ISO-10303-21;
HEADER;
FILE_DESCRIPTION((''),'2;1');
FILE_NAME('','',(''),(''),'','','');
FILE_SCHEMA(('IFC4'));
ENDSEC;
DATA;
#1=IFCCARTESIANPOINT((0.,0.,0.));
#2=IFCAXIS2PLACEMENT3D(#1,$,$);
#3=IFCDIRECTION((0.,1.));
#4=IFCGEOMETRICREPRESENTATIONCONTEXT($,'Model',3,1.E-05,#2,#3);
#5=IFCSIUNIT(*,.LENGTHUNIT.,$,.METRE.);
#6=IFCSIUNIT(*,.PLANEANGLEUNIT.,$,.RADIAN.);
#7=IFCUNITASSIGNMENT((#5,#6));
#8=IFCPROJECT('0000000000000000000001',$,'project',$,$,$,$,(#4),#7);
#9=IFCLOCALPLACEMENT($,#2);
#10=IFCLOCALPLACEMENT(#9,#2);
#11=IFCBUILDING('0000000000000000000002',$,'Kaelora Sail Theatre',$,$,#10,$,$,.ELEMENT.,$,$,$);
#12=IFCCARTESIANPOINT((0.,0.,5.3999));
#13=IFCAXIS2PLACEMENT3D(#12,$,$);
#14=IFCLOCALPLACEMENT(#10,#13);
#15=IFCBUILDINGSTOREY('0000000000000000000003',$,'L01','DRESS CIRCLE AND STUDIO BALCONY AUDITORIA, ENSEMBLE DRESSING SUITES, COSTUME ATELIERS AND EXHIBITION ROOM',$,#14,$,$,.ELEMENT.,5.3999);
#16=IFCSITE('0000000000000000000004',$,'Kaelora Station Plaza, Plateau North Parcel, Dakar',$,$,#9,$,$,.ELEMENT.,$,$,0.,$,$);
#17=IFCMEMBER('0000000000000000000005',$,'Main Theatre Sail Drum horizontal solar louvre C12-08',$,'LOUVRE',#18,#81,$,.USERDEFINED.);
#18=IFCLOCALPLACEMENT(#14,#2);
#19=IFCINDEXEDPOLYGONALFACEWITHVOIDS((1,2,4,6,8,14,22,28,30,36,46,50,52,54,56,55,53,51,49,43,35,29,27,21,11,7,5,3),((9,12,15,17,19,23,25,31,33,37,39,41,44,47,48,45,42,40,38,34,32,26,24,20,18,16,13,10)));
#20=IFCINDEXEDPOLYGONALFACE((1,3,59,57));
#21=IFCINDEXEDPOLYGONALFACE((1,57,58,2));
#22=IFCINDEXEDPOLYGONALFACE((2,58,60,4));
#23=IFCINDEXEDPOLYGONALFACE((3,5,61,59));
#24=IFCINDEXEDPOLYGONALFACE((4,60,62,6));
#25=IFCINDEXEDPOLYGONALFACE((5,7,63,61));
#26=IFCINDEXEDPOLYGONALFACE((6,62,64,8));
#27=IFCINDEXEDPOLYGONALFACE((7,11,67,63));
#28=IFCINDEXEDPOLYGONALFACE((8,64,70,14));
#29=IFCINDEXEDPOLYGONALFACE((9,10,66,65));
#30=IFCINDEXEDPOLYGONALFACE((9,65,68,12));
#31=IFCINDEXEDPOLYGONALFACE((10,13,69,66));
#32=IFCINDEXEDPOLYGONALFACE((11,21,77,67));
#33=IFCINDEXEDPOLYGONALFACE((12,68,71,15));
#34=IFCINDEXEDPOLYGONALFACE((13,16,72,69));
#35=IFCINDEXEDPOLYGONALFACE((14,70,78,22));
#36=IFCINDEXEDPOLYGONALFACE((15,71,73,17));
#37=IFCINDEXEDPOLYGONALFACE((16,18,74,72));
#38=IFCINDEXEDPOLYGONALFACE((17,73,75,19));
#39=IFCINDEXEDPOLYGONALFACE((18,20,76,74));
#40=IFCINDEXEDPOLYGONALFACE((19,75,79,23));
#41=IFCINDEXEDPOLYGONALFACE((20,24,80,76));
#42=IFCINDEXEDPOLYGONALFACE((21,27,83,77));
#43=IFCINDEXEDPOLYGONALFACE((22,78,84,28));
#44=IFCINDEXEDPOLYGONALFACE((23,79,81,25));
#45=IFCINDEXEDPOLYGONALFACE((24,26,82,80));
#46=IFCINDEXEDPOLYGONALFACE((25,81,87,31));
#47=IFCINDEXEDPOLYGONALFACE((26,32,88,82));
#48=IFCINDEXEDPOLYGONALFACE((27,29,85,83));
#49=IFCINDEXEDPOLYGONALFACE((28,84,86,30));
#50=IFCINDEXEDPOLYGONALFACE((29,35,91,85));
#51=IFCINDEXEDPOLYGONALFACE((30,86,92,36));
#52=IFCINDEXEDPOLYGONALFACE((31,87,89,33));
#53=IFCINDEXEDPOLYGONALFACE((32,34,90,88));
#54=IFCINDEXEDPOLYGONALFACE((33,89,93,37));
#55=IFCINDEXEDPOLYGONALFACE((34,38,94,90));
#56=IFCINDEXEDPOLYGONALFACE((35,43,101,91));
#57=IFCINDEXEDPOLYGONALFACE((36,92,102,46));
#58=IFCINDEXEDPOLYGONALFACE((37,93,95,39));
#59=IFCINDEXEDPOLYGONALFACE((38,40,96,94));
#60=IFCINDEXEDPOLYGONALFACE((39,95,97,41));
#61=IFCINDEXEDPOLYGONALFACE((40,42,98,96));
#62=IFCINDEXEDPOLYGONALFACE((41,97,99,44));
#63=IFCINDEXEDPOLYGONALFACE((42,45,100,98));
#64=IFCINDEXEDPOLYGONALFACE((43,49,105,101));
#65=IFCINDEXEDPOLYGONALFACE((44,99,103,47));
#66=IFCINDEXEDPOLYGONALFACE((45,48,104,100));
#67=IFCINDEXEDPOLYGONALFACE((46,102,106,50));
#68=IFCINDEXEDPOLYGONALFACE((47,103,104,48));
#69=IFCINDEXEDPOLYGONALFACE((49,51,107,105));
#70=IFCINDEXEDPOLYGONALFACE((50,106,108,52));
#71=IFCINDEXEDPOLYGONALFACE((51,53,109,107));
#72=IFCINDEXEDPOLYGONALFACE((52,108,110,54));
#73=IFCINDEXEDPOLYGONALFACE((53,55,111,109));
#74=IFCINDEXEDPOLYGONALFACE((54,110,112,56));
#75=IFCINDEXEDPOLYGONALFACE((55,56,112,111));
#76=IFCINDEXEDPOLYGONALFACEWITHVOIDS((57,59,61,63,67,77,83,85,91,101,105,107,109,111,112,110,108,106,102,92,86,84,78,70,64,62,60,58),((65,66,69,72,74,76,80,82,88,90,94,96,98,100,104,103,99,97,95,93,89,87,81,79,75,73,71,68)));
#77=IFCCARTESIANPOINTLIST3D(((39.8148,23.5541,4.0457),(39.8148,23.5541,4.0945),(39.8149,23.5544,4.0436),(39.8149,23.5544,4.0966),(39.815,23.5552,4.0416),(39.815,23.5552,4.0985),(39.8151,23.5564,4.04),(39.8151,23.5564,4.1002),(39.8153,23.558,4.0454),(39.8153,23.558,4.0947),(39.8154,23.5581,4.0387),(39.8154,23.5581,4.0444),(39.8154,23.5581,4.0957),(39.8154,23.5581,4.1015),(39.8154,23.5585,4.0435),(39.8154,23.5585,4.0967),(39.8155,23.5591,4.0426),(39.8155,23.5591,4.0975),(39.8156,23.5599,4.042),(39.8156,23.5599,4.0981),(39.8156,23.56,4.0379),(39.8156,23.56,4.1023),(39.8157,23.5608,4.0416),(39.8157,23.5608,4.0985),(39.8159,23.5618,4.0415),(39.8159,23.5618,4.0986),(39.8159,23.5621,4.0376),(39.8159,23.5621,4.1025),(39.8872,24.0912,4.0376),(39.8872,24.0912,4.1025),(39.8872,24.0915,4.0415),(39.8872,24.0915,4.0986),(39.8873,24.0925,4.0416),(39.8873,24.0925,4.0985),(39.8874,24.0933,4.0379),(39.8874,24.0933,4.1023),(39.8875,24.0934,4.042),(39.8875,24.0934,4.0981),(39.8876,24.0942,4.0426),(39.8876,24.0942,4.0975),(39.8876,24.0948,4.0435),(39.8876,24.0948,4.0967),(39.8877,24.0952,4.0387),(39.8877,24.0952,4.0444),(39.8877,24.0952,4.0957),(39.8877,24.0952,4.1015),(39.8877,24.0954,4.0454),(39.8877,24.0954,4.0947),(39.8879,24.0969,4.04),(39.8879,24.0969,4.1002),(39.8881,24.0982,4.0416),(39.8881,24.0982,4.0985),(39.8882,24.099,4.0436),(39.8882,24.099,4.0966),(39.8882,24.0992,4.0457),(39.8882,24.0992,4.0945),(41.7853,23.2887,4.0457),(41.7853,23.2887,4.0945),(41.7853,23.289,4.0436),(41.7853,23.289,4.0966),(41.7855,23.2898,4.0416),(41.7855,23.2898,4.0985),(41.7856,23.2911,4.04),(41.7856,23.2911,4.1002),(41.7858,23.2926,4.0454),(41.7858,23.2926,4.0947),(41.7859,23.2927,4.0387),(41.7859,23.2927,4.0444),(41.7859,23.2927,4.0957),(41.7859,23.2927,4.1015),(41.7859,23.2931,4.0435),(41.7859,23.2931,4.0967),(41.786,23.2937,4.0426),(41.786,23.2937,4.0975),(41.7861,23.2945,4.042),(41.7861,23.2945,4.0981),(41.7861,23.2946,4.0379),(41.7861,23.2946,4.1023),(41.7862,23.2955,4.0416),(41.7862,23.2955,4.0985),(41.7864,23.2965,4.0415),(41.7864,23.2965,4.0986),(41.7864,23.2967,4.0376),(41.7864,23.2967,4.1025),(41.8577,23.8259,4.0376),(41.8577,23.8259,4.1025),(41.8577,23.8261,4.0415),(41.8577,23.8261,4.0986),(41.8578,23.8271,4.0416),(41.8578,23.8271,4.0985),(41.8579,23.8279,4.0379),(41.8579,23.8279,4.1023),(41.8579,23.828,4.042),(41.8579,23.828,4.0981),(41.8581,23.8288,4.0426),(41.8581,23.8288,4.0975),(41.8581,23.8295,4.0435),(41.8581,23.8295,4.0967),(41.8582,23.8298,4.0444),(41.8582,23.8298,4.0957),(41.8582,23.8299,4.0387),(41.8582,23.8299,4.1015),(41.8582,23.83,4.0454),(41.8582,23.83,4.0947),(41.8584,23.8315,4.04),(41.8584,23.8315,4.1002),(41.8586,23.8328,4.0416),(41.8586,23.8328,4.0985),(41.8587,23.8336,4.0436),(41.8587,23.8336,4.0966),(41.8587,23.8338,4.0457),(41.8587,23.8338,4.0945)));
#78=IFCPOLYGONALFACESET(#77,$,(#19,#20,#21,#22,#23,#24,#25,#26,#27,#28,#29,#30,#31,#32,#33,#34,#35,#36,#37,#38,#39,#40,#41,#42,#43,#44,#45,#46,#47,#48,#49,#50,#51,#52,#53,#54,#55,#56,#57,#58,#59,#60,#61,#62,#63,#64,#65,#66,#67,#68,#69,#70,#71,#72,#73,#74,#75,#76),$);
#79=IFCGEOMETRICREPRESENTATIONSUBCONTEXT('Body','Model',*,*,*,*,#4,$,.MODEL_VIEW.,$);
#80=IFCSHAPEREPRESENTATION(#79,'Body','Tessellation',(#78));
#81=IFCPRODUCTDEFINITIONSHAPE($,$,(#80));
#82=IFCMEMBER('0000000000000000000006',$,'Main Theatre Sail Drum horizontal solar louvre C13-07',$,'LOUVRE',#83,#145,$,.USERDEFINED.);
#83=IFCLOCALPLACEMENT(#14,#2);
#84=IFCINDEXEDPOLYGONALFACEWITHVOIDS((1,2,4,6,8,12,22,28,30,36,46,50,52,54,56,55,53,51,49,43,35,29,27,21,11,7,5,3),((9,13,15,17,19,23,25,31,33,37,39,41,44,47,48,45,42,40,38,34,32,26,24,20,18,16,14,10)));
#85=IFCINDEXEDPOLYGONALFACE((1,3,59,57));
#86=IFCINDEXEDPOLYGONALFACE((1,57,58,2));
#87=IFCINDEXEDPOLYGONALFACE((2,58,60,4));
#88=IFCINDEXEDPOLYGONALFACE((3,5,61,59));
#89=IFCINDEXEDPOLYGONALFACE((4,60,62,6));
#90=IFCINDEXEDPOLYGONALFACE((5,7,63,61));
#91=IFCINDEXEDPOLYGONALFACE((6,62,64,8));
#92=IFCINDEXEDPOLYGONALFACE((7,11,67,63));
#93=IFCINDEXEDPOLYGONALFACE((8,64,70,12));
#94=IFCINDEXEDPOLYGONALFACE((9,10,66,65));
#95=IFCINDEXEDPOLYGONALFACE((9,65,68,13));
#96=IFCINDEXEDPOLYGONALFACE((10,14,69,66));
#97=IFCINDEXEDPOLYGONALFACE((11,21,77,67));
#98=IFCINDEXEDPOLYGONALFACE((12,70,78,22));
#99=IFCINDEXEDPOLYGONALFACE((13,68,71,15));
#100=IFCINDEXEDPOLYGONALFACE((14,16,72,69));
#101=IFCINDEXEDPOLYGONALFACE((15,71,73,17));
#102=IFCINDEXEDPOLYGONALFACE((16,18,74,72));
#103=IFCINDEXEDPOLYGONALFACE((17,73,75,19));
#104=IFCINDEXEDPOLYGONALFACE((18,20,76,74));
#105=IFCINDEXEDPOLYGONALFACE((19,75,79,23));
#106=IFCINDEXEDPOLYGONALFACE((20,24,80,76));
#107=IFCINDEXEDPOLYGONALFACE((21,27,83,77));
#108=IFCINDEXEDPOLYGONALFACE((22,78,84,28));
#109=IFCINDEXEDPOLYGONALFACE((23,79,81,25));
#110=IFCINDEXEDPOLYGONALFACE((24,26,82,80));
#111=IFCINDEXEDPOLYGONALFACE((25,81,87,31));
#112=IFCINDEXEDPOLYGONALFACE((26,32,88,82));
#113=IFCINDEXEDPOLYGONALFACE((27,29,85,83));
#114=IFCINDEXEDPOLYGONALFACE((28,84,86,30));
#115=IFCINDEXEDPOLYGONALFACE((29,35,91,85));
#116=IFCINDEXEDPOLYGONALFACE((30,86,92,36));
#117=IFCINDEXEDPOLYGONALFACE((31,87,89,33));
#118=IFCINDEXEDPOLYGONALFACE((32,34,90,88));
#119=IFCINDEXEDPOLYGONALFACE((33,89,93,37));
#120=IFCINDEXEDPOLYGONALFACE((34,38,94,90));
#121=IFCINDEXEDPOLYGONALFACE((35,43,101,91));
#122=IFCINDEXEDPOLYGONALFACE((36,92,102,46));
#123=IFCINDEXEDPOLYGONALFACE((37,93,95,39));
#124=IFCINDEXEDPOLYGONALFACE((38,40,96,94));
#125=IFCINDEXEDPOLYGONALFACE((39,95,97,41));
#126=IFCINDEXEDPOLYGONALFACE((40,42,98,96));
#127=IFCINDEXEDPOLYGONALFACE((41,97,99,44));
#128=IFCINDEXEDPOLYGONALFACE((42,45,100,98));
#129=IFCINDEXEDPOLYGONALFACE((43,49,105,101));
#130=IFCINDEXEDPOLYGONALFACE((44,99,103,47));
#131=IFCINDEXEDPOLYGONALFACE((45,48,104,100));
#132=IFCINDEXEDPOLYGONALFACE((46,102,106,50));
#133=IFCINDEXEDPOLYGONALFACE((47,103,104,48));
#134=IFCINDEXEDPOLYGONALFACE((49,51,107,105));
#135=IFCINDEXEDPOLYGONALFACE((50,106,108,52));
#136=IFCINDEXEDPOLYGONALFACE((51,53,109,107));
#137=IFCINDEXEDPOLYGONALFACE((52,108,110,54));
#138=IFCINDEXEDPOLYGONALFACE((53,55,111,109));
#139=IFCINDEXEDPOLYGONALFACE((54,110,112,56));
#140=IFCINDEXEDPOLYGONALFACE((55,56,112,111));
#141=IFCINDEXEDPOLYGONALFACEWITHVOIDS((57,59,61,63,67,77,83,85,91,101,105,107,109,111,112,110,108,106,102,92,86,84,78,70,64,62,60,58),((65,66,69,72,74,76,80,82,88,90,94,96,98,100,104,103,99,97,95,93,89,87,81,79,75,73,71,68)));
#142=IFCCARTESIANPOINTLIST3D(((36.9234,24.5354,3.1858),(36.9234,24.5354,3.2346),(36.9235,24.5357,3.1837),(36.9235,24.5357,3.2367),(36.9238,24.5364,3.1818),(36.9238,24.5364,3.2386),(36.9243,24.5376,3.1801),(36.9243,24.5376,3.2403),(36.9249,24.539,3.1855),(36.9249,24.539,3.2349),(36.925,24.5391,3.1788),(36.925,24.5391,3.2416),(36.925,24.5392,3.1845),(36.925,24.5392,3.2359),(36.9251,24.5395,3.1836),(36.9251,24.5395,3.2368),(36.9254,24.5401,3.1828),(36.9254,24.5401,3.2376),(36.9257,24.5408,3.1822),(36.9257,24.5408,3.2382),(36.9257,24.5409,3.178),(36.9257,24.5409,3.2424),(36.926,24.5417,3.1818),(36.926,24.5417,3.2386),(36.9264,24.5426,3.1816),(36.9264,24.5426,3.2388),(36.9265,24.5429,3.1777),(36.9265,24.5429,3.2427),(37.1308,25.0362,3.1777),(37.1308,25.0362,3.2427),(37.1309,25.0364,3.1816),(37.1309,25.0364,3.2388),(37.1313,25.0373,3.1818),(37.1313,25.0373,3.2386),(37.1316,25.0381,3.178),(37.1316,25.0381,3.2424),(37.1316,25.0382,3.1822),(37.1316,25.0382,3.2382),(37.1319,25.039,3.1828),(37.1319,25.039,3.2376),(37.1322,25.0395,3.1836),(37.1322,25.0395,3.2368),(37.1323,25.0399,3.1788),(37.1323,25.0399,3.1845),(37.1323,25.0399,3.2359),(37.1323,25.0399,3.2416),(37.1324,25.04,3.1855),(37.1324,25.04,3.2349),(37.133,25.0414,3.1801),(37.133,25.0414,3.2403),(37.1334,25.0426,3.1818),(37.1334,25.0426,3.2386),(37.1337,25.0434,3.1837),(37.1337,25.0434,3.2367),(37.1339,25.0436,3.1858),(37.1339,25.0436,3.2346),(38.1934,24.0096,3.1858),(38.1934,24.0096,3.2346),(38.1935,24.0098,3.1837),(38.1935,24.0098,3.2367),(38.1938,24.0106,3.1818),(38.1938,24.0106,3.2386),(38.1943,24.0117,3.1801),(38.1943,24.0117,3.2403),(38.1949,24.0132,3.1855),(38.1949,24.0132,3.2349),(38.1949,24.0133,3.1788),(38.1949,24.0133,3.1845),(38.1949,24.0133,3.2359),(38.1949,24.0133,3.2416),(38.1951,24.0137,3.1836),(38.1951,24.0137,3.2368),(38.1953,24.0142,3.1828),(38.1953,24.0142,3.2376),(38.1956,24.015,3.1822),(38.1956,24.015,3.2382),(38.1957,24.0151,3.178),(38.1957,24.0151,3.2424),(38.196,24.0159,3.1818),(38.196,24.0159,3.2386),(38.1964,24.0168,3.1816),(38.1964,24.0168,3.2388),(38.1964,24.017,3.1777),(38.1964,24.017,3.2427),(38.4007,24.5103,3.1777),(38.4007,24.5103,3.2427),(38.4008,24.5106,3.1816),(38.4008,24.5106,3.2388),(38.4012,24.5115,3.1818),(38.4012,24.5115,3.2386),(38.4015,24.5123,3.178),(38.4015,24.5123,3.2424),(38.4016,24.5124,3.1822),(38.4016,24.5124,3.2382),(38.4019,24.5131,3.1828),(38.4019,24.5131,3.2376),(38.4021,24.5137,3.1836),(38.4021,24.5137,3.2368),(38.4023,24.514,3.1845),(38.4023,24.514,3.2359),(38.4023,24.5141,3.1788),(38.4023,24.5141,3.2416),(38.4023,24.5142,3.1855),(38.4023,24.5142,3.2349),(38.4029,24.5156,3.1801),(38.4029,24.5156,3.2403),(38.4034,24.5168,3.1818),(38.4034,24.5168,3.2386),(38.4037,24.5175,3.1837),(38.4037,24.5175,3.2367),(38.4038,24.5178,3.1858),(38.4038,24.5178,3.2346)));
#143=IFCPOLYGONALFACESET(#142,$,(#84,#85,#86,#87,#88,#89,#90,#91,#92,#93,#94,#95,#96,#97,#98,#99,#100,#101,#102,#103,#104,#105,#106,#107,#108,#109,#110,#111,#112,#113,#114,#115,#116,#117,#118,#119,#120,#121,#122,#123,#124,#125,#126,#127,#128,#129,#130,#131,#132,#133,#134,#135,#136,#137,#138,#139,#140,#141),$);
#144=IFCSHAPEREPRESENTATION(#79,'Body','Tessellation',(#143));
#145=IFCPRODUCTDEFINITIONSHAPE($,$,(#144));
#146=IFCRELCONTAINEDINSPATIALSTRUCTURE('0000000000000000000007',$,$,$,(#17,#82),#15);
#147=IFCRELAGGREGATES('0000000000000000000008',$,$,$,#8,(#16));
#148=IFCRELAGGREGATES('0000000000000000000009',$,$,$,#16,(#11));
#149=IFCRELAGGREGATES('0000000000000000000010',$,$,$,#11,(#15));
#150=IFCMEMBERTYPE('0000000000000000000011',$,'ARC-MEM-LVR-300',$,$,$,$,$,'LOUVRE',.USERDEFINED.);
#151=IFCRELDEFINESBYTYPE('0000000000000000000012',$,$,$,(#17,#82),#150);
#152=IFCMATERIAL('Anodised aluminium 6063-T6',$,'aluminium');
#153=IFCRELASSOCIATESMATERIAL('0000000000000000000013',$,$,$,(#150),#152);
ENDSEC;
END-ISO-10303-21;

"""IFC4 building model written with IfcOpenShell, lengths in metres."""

from ifc_helpers import new_model, si_unit, direction, frame, origin, origin_2d, place, context, subcontext, project, spatial, hollow_rectangle, extrude, material, material_profile, profile_set, type_object, element, save


model = new_model("IFC4")

# Units and contexts
model_context = context("Model", 3, precision=1e-05, world=origin(), true_north=direction((0.0, 1.0)))
body_context = subcontext(model_context, "Body", "Model", "MODEL_VIEW")
ifc_project = project(units=[si_unit("LENGTHUNIT", "METRE"), si_unit("PLANEANGLEUNIT", "RADIAN")], contexts=[model_context])

# Site, building, storey
site_placement = place(None, origin())
site = spatial("IfcSite", under=ifc_project, at=site_placement, Name="Kaelora Station Plaza, Plateau North Parcel, Dakar", CompositionType="ELEMENT", RefElevation=0.0)
building_placement = place(site_placement, origin())
building = spatial("IfcBuilding", under=site, at=building_placement, Name="Kaelora Sail Theatre", CompositionType="ELEMENT")
storey_placement = place(building_placement, frame((0.0, 0.0, 5.3999)))
storey = spatial("IfcBuildingStorey", under=building, at=storey_placement, Name="L01", Description="DRESS CIRCLE AND STUDIO BALCONY AUDITORIA, ENSEMBLE DRESSING SUITES, COSTUME ATELIERS AND EXHIBITION ROOM", CompositionType="ELEMENT", Elevation=5.3999)

# Members
ifc_material_1 = material(Name="Anodised aluminium 6063-T6", Category="aluminium")
ifc_material_profile_1 = material_profile(ifc_material_1, hollow_rectangle(XDim=0.55, YDim=0.0649, WallThickness=0.0039, InnerFilletRadius=0.0039, OuterFilletRadius=0.0081, at=origin_2d()), Name="LOUVRE 550x65x4")
ifc_profile_set_1 = profile_set([ifc_material_profile_1], Name="Anodised aluminium 6063-T6")
member_type = type_object("IfcMemberType", Name="ARC-MEM-LVR-300", ElementType="LOUVRE", PredefinedType="USERDEFINED", material=ifc_profile_set_1)
for number, where, z_axis, x_axis, name in (
    (1, (41.822, 23.5613, 4.0701), (-0.991052, 0.133475, 0.0), (-0.133475, -0.991052, 0.0), "Main Theatre Sail Drum horizontal solar louvre C12-08"),
):
    element("IfcMember", number, at=place(storey_placement, frame(where, z_axis=z_axis, x_axis=x_axis)), inside=storey, type_object=member_type, Name=name, ObjectType="LOUVRE", PredefinedType="USERDEFINED", context=body_context, shape_type="SweptSolid", body=[
        extrude(hollow_rectangle(XDim=0.55, YDim=0.0649, WallThickness=0.0039, InnerFilletRadius=0.0039, OuterFilletRadius=0.0081, at=origin_2d()), origin(), (0.0, 0.0, 1.0), 1.9883),
    ])
for number, where, z_axis, x_axis, name in (
    (2, (38.2986, 24.2637, 3.2102), (-0.923926, 0.382571, 0.0), (-0.382571, -0.923926, 0.0), "Main Theatre Sail Drum horizontal solar louvre C13-07"),
):
    element("IfcMember", number, at=place(storey_placement, frame(where, z_axis=z_axis, x_axis=x_axis)), inside=storey, type_object=member_type, Name=name, ObjectType="LOUVRE", PredefinedType="USERDEFINED", context=body_context, shape_type="SweptSolid", body=[
        extrude(hollow_rectangle(XDim=0.55, YDim=0.0649, WallThickness=0.0039, InnerFilletRadius=0.0039, OuterFilletRadius=0.0081, at=origin_2d()), origin(), (0.0, 0.0, 1.0), 1.3745),
    ])

save(model, "model.ifc")
